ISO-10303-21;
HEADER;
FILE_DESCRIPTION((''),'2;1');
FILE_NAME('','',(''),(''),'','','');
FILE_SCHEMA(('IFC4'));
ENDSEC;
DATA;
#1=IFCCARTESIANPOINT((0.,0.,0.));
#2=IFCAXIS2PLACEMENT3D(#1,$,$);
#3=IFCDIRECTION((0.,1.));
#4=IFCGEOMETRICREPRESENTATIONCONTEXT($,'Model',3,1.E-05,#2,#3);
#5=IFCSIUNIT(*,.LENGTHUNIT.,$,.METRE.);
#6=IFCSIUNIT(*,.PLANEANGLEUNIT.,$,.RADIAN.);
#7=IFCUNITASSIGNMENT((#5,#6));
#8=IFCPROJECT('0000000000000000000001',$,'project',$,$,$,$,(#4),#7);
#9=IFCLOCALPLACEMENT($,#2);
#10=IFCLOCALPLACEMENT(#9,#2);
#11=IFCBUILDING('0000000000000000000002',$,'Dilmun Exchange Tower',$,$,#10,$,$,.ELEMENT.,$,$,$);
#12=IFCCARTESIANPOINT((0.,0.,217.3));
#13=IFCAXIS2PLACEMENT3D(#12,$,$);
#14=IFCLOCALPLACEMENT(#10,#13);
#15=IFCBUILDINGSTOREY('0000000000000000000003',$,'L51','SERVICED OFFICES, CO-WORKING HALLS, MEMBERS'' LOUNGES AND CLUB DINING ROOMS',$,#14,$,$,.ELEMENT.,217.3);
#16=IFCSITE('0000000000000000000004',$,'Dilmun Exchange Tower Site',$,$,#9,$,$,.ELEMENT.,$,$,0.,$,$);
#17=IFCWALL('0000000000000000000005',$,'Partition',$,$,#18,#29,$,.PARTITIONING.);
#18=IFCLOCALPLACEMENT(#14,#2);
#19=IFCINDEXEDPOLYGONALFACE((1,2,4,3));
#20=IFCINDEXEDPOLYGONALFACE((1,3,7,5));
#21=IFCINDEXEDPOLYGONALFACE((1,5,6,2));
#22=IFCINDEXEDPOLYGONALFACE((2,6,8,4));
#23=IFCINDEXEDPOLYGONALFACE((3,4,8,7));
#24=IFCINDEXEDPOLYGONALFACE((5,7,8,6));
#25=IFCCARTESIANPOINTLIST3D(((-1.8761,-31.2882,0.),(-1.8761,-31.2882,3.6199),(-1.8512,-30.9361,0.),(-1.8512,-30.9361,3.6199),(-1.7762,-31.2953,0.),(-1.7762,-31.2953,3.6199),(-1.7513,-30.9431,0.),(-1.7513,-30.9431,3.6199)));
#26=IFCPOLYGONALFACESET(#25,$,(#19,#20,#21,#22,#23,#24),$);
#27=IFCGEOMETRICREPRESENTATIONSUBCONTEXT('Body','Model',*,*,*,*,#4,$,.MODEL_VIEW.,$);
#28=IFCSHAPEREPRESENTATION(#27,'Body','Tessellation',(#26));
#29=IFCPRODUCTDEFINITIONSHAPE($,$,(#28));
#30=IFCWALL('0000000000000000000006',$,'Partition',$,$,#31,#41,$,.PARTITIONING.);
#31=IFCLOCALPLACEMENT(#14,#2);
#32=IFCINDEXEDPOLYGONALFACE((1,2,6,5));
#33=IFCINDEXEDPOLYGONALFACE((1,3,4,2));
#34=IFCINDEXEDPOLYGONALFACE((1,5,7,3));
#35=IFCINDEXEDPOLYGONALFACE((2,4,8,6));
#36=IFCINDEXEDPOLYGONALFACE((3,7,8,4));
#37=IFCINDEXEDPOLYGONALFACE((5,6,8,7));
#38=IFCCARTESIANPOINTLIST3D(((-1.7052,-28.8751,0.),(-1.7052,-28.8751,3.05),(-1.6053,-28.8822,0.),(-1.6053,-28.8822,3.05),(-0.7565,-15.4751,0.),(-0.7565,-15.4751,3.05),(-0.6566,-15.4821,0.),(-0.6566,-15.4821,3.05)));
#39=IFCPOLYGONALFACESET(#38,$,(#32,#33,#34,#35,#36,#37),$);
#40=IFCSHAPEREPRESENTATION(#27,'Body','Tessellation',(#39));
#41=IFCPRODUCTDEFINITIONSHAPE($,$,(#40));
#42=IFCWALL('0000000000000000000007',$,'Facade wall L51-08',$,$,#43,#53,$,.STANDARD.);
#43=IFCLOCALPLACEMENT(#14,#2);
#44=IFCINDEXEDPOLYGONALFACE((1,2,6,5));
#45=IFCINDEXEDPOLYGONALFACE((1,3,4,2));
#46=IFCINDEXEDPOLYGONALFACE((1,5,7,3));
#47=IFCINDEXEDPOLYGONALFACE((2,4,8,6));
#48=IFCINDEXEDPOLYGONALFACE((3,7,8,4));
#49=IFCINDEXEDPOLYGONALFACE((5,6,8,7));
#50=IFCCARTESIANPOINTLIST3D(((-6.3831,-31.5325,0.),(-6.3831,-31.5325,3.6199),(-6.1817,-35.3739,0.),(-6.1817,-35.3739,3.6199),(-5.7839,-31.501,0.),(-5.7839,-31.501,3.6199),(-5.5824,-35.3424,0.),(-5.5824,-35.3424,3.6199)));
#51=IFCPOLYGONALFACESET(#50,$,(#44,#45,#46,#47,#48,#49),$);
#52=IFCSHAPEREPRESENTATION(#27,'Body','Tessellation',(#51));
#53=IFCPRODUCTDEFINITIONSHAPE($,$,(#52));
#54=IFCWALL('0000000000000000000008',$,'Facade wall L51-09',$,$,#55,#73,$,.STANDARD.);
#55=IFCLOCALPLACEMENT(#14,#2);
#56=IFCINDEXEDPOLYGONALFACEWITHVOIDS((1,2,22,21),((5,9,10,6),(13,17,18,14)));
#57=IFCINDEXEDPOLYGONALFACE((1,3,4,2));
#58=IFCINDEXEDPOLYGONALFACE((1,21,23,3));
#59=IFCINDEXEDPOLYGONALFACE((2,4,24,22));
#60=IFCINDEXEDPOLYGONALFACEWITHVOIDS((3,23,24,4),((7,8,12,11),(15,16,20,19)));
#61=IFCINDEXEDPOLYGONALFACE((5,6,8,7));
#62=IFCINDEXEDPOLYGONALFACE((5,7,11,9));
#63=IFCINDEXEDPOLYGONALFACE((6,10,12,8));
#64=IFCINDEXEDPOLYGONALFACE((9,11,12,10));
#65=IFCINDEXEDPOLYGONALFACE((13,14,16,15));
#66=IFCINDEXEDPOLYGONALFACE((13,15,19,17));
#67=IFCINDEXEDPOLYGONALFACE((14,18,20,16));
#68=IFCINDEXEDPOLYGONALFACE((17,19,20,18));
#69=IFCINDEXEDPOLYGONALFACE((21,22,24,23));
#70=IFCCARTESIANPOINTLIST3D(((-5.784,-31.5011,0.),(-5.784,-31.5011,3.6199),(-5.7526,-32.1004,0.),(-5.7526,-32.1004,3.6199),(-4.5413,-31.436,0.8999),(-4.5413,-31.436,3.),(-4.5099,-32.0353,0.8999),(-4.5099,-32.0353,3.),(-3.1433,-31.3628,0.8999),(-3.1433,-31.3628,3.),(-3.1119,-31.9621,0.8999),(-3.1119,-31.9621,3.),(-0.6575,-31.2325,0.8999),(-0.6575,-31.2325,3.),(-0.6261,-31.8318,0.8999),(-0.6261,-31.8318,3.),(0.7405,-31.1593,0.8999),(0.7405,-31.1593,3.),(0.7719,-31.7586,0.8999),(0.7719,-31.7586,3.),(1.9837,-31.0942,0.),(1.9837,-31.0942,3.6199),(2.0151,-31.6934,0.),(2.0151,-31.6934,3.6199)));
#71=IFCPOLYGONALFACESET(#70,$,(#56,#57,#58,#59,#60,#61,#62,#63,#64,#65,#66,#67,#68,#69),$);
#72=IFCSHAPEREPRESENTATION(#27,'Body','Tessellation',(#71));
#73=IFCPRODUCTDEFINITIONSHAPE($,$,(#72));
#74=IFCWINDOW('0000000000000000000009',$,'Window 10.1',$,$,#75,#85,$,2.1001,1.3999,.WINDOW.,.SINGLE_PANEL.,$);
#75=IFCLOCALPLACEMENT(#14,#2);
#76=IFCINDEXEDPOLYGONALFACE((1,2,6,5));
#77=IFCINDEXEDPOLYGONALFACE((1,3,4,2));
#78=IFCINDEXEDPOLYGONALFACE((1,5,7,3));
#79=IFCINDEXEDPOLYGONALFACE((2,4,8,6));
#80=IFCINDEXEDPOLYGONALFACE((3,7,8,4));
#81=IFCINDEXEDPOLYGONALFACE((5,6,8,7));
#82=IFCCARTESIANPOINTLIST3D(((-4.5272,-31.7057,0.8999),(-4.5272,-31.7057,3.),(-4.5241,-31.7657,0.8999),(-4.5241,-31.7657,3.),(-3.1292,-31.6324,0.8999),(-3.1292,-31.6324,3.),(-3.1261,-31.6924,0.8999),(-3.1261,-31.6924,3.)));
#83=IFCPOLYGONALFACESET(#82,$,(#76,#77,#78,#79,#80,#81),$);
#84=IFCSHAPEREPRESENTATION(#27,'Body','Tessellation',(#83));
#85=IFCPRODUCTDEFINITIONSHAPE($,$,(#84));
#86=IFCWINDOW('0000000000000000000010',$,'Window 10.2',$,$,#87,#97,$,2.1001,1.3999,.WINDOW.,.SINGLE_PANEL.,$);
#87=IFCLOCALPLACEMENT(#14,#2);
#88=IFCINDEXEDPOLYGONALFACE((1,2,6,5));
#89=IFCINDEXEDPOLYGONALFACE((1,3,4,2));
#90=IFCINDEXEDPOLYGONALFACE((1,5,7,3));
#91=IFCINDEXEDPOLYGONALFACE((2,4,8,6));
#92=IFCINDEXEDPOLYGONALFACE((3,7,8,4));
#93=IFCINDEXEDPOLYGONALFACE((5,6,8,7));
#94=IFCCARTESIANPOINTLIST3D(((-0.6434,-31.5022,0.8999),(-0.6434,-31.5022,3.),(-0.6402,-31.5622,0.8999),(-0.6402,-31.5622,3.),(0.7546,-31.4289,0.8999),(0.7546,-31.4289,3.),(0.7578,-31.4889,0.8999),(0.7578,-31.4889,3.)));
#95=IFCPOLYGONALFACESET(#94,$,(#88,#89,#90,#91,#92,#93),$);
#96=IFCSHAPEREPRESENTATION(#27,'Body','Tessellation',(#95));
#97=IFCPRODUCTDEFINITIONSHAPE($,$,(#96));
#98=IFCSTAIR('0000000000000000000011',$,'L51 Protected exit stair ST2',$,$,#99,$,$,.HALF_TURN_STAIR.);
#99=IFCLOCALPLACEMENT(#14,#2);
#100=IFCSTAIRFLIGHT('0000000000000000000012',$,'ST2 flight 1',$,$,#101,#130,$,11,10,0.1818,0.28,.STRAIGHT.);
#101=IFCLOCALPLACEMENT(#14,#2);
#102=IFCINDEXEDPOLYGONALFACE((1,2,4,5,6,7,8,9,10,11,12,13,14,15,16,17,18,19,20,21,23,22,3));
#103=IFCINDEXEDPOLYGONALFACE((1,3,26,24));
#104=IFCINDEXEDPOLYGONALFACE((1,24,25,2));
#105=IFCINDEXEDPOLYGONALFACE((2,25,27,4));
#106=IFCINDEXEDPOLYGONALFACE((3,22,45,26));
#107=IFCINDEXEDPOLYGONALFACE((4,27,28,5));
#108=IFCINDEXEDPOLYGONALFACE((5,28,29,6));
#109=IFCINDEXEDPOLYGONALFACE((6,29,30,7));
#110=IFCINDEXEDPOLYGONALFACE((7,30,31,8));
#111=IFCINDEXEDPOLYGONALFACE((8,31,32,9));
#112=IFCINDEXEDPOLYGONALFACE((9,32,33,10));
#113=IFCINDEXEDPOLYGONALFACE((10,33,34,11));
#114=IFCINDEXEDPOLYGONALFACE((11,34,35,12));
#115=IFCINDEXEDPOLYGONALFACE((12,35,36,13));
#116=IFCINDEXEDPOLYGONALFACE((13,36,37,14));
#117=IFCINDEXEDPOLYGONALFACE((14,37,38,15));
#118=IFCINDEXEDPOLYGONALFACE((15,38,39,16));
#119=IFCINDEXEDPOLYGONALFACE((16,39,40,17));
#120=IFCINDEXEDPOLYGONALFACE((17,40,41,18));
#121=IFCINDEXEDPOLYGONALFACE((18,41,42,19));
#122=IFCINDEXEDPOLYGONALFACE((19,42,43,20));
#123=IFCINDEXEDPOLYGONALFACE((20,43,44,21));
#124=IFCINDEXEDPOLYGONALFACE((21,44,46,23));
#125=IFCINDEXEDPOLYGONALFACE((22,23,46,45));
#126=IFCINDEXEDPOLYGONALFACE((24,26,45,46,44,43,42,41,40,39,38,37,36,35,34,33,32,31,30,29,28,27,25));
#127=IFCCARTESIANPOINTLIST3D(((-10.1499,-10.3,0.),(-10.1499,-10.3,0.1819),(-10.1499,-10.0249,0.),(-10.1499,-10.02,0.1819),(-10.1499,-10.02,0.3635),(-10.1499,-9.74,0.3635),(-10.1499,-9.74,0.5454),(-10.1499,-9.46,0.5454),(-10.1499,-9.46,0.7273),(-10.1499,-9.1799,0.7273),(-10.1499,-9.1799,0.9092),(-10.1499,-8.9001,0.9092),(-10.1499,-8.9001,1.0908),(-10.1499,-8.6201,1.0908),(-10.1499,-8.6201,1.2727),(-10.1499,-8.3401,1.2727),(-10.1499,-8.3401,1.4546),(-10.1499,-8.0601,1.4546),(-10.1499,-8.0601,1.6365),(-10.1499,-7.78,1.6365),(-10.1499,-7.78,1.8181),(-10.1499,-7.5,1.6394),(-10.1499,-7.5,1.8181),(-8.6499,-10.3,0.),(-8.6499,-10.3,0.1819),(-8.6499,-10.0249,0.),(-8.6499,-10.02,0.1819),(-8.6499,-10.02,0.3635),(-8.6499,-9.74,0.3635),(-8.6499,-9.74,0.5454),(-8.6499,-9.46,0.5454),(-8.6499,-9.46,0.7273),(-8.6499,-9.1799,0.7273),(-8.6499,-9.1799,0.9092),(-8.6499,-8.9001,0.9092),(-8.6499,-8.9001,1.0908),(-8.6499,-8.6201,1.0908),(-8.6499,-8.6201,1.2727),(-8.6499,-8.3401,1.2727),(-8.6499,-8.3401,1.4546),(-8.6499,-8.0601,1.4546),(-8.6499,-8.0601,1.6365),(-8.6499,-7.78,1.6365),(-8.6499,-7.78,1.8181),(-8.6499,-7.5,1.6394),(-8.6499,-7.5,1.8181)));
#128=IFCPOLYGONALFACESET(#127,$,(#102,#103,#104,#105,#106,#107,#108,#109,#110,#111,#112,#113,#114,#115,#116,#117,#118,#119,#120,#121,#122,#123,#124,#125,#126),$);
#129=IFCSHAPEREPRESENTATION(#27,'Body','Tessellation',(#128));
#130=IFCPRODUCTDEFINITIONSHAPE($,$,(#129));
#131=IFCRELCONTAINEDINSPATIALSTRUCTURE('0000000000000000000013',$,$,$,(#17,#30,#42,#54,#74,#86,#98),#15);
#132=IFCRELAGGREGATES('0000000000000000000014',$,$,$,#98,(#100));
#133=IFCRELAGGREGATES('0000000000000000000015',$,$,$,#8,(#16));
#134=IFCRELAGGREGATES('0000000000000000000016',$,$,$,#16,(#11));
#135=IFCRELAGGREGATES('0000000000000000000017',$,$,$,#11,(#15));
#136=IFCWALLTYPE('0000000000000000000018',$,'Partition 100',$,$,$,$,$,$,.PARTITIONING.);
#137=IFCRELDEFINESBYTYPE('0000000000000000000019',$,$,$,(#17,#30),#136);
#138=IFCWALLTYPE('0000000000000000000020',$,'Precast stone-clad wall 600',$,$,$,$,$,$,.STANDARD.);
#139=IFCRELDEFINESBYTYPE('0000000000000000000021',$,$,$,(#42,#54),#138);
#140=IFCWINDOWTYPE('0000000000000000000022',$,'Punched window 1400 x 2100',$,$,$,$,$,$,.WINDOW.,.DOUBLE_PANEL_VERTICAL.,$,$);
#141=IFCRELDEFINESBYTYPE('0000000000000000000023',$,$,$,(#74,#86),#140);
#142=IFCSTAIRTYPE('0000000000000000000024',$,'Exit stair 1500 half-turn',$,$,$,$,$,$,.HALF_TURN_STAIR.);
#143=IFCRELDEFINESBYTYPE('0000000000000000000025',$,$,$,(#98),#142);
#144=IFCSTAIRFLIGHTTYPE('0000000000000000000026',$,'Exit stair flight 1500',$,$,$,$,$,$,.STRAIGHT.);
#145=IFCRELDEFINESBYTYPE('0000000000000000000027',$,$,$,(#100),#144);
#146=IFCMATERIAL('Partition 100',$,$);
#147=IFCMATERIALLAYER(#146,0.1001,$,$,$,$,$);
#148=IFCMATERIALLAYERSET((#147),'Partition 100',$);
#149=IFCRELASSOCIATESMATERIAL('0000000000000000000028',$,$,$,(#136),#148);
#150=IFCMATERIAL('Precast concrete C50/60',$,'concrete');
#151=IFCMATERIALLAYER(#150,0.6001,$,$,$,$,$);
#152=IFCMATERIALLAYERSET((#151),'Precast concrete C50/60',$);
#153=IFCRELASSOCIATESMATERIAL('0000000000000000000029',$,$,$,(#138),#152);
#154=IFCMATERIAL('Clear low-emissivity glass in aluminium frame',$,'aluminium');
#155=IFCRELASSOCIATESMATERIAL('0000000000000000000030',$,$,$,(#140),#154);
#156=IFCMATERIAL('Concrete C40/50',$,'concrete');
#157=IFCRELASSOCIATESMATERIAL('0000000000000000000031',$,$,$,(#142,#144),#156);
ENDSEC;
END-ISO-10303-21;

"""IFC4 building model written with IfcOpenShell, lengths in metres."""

from ifc_helpers import new_model, si_unit, direction, frame, frame_2d, origin, place, context, subcontext, project, spatial, polyline, rectangle, outline, extrude, material, layer, layer_set, type_object, element, fill, aggregate, save


model = new_model("IFC4")

# Units and contexts
model_context = context("Model", 3, precision=1e-05, world=origin(), true_north=direction((0.0, 1.0)))
body_context = subcontext(model_context, "Body", "Model", "MODEL_VIEW")
ifc_project = project(units=[si_unit("LENGTHUNIT", "METRE"), si_unit("PLANEANGLEUNIT", "RADIAN")], contexts=[model_context])

# Site, building, storey
site_placement = place(None, origin())
site = spatial("IfcSite", under=ifc_project, at=site_placement, Name="Dilmun Exchange Tower Site", CompositionType="ELEMENT", RefElevation=0.0)
building_placement = place(site_placement, origin())
building = spatial("IfcBuilding", under=site, at=building_placement, Name="Dilmun Exchange Tower", CompositionType="ELEMENT")
storey_placement = place(building_placement, frame((0.0, 0.0, 217.3)))
storey = spatial("IfcBuildingStorey", under=building, at=storey_placement, Name="L51", Description="SERVICED OFFICES, CO-WORKING HALLS, MEMBERS' LOUNGES AND CLUB DINING ROOMS", CompositionType="ELEMENT", Elevation=217.3)

# Shared definitions
ifc_material_1 = material(Name="Concrete C40/50", Category="concrete")

# Walls
ifc_material_2 = material(Name="Partition 100")
ifc_layer_1 = layer(ifc_material_2, 0.1001)
ifc_layer_set_1 = layer_set([ifc_layer_1], Name="Partition 100")
wall_type_1 = type_object("IfcWallType", Name="Partition 100", PredefinedType="PARTITIONING", material=ifc_layer_set_1)
wall_1_placement = place(storey_placement, frame((-1.8262, -31.2917, 0.0), z_axis=(0.0, 0.0, 1.0), x_axis=(0.070559, 0.997508, 0.0)))
element("IfcWall", 1, at=wall_1_placement, inside=storey, type_object=wall_type_1, Name="Partition", PredefinedType="PARTITIONING", context=body_context, shape_type="SweptSolid", body=[
    extrude(rectangle(XDim=0.353, YDim=0.1001, at=frame_2d((0.1765, 0.0))), origin(), (0.0, 0.0, 1.0), 3.6199),
])
wall_2_placement = place(storey_placement, frame((-1.6553, -28.8787, 0.0), z_axis=(0.0, 0.0, 1.0), x_axis=(0.070623, 0.997503, 0.0)))
element("IfcWall", 2, at=wall_2_placement, inside=storey, type_object=wall_type_1, Name="Partition", PredefinedType="PARTITIONING", context=body_context, shape_type="SweptSolid", body=[
    extrude(rectangle(XDim=13.4336, YDim=0.1001, at=frame_2d((6.7168, 0.0))), origin(), (0.0, 0.0, 1.0), 3.05),
])
ifc_material_3 = material(Name="Precast concrete C50/60", Category="concrete")
ifc_layer_2 = layer(ifc_material_3, 0.6001)
ifc_layer_set_2 = layer_set([ifc_layer_2], Name="Precast concrete C50/60")
wall_type_2 = type_object("IfcWallType", Name="Precast stone-clad wall 600", PredefinedType="STANDARD", material=ifc_layer_set_2)
wall_3_placement = place(storey_placement, frame((-5.8821, -35.3582, 0.0), z_axis=(0.0, 0.0, 1.0), x_axis=(-0.052362, 0.998628, 0.0)))
element("IfcWall", 3, at=wall_3_placement, inside=storey, type_object=wall_type_2, Name="Facade wall L51-08", PredefinedType="STANDARD", context=body_context, shape_type="SweptSolid", body=[
    extrude(rectangle(XDim=3.8467, YDim=0.6001, at=frame_2d((1.9233, 0.0))), origin(), (0.0, 0.0, 1.0), 3.6199),
])

# Wall, openings, windows
wall_4_placement = place(storey_placement, frame((-5.7683, -31.8008, 0.0), z_axis=(0.0, 0.0, 1.0), x_axis=(0.99863, 0.052323, 0.0)))
wall_4 = element("IfcWall", 4, at=wall_4_placement, inside=storey, type_object=wall_type_2, Name="Facade wall L51-09", PredefinedType="STANDARD", context=body_context, shape_type="SweptSolid", body=[
    extrude(rectangle(XDim=7.7783, YDim=0.6001, at=frame_2d((3.8892, 0.0))), origin(), (0.0, 0.0, 1.0), 3.6199),
])
opening_1_placement = place(wall_4_placement, frame((1.2444, 0.0, 0.8999)))
opening_1 = element("IfcOpeningElement", 5, at=opening_1_placement, cuts=wall_4, PredefinedType="OPENING", context=body_context, shape_type="SweptSolid", body=[
    extrude(rectangle(XDim=1.3999, YDim=2.1001, at=frame_2d((0.7, 1.05))), frame((0.0, 0.3101, 0.0), z_axis=(0.0, -1.0, 0.0), x_axis=(1.0, 0.0, 0.0)), (0.0, 0.0, 1.0), 0.6201),
])
opening_2_placement = place(wall_4_placement, frame((5.1335, 0.0, 0.8999)))
opening_2 = element("IfcOpeningElement", 6, at=opening_2_placement, cuts=wall_4, PredefinedType="OPENING", context=body_context, shape_type="SweptSolid", body=[
    extrude(rectangle(XDim=1.3999, YDim=2.1001, at=frame_2d((0.7, 1.05))), frame((0.0, 0.3101, 0.0), z_axis=(0.0, -1.0, 0.0), x_axis=(1.0, 0.0, 0.0)), (0.0, 0.0, 1.0), 0.6201),
])
ifc_material_4 = material(Name="Clear low-emissivity glass in aluminium frame", Category="aluminium")
window_type = type_object("IfcWindowType", Name="Punched window 1400 x 2100", PartitioningType="DOUBLE_PANEL_VERTICAL", PredefinedType="WINDOW", material=ifc_material_4)
window_1_placement = place(opening_1_placement, origin())
window_1 = element("IfcWindow", 7, at=window_1_placement, inside=storey, type_object=window_type, Name="Window 10.1", OverallHeight=2.1001, OverallWidth=1.3999, PartitioningType="SINGLE_PANEL", PredefinedType="WINDOW", context=body_context, shape_type="SweptSolid", body=[
    extrude(rectangle(XDim=1.3999, YDim=2.1001, at=frame_2d((0.7, 1.05))), frame((0.0, 0.03, 0.0), z_axis=(0.0, -1.0, 0.0), x_axis=(1.0, 0.0, 0.0)), (0.0, 0.0, 1.0), 0.0601),
])
fill(opening_1, window_1)
window_2_placement = place(opening_2_placement, origin())
window_2 = element("IfcWindow", 8, at=window_2_placement, inside=storey, type_object=window_type, Name="Window 10.2", OverallHeight=2.1001, OverallWidth=1.3999, PartitioningType="SINGLE_PANEL", PredefinedType="WINDOW", context=body_context, shape_type="SweptSolid", body=[
    extrude(rectangle(XDim=1.3999, YDim=2.1001, at=frame_2d((0.7, 1.05))), frame((0.0, 0.03, 0.0), z_axis=(0.0, -1.0, 0.0), x_axis=(1.0, 0.0, 0.0)), (0.0, 0.0, 1.0), 0.0601),
])
fill(opening_2, window_2)

# Stair, stair flight
stair_type = type_object("IfcStairType", Name="Exit stair 1500 half-turn", PredefinedType="HALF_TURN_STAIR", material=ifc_material_1)
stair_placement = place(storey_placement, origin())
stair = element("IfcStair", 9, at=stair_placement, inside=storey, type_object=stair_type, Name="L51 Protected exit stair ST2", PredefinedType="HALF_TURN_STAIR")
stair_flight_type = type_object("IfcStairFlightType", Name="Exit stair flight 1500", PredefinedType="STRAIGHT", material=ifc_material_1)
stair_flight_placement = place(storey_placement, frame((-9.3999, -10.3, 0.0), z_axis=(0.0, 0.0, 1.0), x_axis=(0.0, 1.0, 0.0)))
stair_flight = element("IfcStairFlight", 10, at=stair_flight_placement, type_object=stair_flight_type, Name="ST2 flight 1", NumberOfRisers=11, NumberOfTreads=10, PredefinedType="STRAIGHT", RiserHeight=0.1818, TreadLength=0.28, context=body_context, shape_type="SweptSolid", body=[
    extrude(outline(polyline([(0.0, 0.0), (0.0, 0.1819), (0.28, 0.1819), (0.28, 0.3635), (0.5601, 0.3635), (0.5601, 0.5454), (0.8401, 0.5454), (0.8401, 0.7273), (1.1201, 0.7273), (1.1201, 0.9092), (1.3999, 0.9092), (1.3999, 1.0908), (1.6799, 1.0908), (1.6799, 1.2727), (1.96, 1.2727), (1.96, 1.4546), (2.24, 1.4546), (2.24, 1.6365), (2.52, 1.6365), (2.52, 1.8181), (2.8, 1.8181), (2.8, 2.0), (2.8, 1.6394), (0.2751, 0.0), (0.0, 0.0)])), frame((0.0, 0.75, 0.0), z_axis=(0.0, -1.0, 0.0), x_axis=(1.0, 0.0, 0.0)), (0.0, 0.0, 1.0), 1.5),
])
aggregate(stair, [stair_flight])

save(model, "model.ifc")
